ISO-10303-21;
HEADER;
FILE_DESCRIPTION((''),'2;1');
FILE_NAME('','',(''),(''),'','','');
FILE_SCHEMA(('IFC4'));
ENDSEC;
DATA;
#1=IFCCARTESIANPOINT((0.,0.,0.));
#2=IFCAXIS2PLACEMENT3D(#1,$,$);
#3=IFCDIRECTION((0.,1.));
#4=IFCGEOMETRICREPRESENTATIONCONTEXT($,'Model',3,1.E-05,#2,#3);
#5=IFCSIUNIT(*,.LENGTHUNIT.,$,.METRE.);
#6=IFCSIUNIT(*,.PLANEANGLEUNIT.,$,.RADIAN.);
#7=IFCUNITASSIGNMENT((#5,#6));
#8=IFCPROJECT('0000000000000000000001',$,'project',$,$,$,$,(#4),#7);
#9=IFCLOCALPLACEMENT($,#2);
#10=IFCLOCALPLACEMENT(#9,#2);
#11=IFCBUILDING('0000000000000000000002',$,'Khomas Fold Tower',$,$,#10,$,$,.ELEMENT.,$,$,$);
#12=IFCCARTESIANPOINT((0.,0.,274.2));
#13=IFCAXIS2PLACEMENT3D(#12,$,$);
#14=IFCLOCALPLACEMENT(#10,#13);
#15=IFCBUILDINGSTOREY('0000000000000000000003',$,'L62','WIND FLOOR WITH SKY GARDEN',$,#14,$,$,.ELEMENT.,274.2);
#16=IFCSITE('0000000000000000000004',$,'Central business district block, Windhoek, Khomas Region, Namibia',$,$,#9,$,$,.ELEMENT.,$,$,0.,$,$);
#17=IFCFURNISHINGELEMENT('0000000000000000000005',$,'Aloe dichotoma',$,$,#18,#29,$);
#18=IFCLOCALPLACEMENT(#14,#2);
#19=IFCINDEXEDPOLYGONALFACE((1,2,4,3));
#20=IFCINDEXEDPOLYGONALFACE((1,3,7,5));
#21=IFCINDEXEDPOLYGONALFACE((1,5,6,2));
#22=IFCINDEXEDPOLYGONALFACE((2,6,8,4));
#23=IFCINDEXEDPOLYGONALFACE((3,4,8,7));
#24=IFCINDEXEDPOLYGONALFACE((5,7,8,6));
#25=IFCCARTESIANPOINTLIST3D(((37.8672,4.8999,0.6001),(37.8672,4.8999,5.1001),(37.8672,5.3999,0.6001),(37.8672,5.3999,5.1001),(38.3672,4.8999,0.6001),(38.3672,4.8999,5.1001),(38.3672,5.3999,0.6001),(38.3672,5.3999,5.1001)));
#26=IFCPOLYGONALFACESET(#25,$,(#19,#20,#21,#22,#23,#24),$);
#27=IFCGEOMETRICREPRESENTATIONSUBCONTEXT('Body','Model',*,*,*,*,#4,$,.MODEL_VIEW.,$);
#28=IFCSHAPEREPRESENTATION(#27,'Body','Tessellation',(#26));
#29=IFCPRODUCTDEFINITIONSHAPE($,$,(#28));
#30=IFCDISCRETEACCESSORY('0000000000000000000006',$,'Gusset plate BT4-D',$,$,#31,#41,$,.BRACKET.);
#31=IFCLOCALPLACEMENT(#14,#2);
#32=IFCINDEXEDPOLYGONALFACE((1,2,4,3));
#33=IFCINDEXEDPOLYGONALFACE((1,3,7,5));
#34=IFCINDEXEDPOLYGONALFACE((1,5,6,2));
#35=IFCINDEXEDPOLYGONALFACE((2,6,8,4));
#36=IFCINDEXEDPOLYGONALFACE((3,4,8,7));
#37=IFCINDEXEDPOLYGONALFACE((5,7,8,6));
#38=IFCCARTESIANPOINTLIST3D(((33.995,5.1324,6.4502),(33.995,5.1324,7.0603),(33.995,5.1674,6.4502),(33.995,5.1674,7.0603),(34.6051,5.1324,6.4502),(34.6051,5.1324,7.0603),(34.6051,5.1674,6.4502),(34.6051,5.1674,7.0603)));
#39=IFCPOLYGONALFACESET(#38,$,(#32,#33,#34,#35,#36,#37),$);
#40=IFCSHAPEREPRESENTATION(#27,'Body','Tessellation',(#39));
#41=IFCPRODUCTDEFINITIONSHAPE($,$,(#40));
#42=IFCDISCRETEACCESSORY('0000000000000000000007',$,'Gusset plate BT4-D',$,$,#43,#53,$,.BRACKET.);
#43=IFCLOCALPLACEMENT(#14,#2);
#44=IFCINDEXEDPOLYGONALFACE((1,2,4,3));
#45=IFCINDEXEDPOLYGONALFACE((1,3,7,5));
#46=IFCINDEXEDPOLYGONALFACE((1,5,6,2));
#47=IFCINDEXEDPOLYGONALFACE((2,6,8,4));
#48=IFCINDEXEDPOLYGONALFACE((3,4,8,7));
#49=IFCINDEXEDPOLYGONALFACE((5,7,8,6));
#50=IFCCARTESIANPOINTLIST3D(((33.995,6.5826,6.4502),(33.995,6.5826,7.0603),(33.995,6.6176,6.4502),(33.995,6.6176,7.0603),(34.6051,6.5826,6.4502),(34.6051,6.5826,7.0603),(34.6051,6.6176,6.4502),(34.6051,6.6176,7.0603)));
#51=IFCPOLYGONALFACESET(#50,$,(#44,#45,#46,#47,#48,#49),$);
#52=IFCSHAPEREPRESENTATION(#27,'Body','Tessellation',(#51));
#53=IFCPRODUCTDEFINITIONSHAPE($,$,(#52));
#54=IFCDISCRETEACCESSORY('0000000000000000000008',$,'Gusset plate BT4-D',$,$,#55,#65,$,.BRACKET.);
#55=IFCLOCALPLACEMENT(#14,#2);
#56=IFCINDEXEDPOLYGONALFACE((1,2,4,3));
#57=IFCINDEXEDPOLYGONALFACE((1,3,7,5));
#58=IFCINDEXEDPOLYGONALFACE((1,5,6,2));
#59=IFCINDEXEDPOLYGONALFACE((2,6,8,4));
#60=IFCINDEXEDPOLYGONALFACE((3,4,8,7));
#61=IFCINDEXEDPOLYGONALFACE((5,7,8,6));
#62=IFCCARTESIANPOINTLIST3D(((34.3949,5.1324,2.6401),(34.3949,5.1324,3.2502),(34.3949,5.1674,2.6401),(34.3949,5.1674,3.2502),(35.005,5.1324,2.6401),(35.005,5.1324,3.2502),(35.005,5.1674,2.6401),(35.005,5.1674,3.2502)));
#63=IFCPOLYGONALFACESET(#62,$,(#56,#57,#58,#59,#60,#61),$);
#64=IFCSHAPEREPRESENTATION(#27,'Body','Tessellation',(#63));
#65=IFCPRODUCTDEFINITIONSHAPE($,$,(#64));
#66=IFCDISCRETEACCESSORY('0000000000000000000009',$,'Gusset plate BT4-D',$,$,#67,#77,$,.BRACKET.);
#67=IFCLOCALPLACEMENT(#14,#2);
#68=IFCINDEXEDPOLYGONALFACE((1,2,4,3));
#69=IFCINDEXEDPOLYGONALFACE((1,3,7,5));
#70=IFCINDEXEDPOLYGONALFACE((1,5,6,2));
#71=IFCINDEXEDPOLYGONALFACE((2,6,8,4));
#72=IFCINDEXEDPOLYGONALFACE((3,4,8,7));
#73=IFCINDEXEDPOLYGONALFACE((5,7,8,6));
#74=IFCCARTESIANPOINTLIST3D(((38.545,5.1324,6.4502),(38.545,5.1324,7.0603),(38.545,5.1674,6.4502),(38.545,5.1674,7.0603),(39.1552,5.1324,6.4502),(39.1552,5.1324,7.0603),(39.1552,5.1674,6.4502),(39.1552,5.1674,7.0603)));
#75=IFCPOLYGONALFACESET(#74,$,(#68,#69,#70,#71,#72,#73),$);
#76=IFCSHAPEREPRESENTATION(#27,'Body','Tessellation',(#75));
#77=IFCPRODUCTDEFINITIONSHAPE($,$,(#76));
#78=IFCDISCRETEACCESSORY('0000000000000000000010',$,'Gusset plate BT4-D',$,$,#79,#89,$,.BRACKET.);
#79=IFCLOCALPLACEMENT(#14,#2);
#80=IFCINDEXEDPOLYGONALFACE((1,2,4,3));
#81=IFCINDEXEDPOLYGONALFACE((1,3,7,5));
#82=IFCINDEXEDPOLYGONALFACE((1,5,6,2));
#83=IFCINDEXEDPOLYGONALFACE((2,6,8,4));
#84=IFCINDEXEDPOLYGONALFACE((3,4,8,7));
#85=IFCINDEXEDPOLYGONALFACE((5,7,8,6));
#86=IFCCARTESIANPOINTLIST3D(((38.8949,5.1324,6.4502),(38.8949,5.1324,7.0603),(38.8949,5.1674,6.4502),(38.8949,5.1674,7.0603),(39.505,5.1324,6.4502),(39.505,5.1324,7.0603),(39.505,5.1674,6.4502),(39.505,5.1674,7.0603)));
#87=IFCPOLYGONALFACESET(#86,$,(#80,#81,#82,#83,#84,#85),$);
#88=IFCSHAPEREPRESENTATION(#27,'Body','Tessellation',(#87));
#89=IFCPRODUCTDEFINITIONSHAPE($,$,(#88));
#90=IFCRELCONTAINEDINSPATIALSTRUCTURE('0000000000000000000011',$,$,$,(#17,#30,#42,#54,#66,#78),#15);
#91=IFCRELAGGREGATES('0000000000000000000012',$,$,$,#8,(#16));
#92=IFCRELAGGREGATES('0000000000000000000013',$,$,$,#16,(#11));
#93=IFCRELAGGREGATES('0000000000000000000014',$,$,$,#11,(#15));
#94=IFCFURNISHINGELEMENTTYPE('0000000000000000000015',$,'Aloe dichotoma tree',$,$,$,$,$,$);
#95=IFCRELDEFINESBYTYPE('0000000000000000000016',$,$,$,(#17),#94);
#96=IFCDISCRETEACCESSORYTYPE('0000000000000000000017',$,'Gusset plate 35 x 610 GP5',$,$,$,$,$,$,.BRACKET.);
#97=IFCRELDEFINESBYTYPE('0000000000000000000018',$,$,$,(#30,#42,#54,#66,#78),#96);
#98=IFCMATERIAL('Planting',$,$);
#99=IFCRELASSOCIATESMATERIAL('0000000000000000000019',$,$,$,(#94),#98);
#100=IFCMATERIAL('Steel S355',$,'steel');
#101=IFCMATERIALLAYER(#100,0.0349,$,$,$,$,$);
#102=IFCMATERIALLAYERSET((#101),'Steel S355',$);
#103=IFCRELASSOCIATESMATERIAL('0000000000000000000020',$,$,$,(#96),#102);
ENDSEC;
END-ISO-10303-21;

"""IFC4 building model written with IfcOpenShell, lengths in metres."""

from ifc_helpers import new_model, si_unit, direction, frame, origin, origin_2d, place, context, subcontext, project, spatial, rectangle, extrude, source, transform, mapped, material, layer, layer_set, type_object, element, save


model = new_model("IFC4")

# Units and contexts
model_context = context("Model", 3, precision=1e-05, world=origin(), true_north=direction((0.0, 1.0)))
body_context = subcontext(model_context, "Body", "Model", "MODEL_VIEW")
ifc_project = project(units=[si_unit("LENGTHUNIT", "METRE"), si_unit("PLANEANGLEUNIT", "RADIAN")], contexts=[model_context])

# Site, building, storey
site_placement = place(None, origin())
site = spatial("IfcSite", under=ifc_project, at=site_placement, Name="Central business district block, Windhoek, Khomas Region, Namibia", CompositionType="ELEMENT", RefElevation=0.0)
building_placement = place(site_placement, origin())
building = spatial("IfcBuilding", under=site, at=building_placement, Name="Khomas Fold Tower", CompositionType="ELEMENT")
storey_placement = place(building_placement, frame((0.0, 0.0, 274.2)))
storey = spatial("IfcBuildingStorey", under=building, at=storey_placement, Name="L62", Description="WIND FLOOR WITH SKY GARDEN", CompositionType="ELEMENT", Elevation=274.2)

# Furnishing element
ifc_material_1 = material(Name="Planting")
furnishing_element_type_1 = type_object("IfcFurnishingElementType", Name="Aloe dichotoma tree", material=ifc_material_1)
shared_shape_1 = source(origin(), body_context, "Body", "SweptSolid", [
    extrude(rectangle(XDim=0.5, YDim=0.5, at=origin_2d()), origin(), (0.0, 0.0, 1.0), 4.5),
])
furnishing_1_placement = place(storey_placement, frame((38.1172, 5.1499, 0.6001), z_axis=(0.0, 0.0, 1.0), x_axis=(1.0, 0.0, 0.0)))
element("IfcFurnishingElement", 1, at=furnishing_1_placement, inside=storey, type_object=furnishing_element_type_1, Name="Aloe dichotoma", context=body_context, shape_type="MappedRepresentation", body=[
    mapped(shared_shape_1, transform((0.0, 0.0, 0.0))),
])

# Discrete accessories
ifc_material_2 = material(Name="Steel S355", Category="steel")
ifc_layer_1 = layer(ifc_material_2, 0.0349)
ifc_layer_set_1 = layer_set([ifc_layer_1], Name="Steel S355")
discrete_accessory_type = type_object("IfcDiscreteAccessoryType", Name="Gusset plate 35 x 610 GP5", PredefinedType="BRACKET", material=ifc_layer_set_1)
shared_shape_2 = source(origin(), body_context, "Body", "SweptSolid", [
    extrude(rectangle(XDim=0.6101, YDim=0.0349, at=origin_2d()), origin(), (0.0, 0.0, 1.0), 0.6101),
])
for number, where, z_axis, x_axis, name in (
    (2, (34.3, 5.1499, 6.4502), (0.0, 0.0, 1.0), (1.0, 0.0, 0.0), "Gusset plate BT4-D"),
    (3, (34.3, 6.6001, 6.4502), (0.0, 0.0, 1.0), (1.0, 0.0, 0.0), "Gusset plate BT4-D"),
    (4, (34.7, 5.1499, 2.6401), (0.0, 0.0, 1.0), (1.0, 0.0, 0.0), "Gusset plate BT4-D"),
    (5, (38.8501, 5.1499, 6.4502), (0.0, 0.0, 1.0), (1.0, 0.0, 0.0), "Gusset plate BT4-D"),
    (6, (39.2, 5.1499, 6.4502), (0.0, 0.0, 1.0), (1.0, 0.0, 0.0), "Gusset plate BT4-D"),
):
    element("IfcDiscreteAccessory", number, at=place(storey_placement, frame(where, z_axis=z_axis, x_axis=x_axis)), inside=storey, type_object=discrete_accessory_type, Name=name, PredefinedType="BRACKET", context=body_context, shape_type="MappedRepresentation", body=[
        mapped(shared_shape_2, transform((0.0, 0.0, 0.0))),
    ])

save(model, "model.ifc")
